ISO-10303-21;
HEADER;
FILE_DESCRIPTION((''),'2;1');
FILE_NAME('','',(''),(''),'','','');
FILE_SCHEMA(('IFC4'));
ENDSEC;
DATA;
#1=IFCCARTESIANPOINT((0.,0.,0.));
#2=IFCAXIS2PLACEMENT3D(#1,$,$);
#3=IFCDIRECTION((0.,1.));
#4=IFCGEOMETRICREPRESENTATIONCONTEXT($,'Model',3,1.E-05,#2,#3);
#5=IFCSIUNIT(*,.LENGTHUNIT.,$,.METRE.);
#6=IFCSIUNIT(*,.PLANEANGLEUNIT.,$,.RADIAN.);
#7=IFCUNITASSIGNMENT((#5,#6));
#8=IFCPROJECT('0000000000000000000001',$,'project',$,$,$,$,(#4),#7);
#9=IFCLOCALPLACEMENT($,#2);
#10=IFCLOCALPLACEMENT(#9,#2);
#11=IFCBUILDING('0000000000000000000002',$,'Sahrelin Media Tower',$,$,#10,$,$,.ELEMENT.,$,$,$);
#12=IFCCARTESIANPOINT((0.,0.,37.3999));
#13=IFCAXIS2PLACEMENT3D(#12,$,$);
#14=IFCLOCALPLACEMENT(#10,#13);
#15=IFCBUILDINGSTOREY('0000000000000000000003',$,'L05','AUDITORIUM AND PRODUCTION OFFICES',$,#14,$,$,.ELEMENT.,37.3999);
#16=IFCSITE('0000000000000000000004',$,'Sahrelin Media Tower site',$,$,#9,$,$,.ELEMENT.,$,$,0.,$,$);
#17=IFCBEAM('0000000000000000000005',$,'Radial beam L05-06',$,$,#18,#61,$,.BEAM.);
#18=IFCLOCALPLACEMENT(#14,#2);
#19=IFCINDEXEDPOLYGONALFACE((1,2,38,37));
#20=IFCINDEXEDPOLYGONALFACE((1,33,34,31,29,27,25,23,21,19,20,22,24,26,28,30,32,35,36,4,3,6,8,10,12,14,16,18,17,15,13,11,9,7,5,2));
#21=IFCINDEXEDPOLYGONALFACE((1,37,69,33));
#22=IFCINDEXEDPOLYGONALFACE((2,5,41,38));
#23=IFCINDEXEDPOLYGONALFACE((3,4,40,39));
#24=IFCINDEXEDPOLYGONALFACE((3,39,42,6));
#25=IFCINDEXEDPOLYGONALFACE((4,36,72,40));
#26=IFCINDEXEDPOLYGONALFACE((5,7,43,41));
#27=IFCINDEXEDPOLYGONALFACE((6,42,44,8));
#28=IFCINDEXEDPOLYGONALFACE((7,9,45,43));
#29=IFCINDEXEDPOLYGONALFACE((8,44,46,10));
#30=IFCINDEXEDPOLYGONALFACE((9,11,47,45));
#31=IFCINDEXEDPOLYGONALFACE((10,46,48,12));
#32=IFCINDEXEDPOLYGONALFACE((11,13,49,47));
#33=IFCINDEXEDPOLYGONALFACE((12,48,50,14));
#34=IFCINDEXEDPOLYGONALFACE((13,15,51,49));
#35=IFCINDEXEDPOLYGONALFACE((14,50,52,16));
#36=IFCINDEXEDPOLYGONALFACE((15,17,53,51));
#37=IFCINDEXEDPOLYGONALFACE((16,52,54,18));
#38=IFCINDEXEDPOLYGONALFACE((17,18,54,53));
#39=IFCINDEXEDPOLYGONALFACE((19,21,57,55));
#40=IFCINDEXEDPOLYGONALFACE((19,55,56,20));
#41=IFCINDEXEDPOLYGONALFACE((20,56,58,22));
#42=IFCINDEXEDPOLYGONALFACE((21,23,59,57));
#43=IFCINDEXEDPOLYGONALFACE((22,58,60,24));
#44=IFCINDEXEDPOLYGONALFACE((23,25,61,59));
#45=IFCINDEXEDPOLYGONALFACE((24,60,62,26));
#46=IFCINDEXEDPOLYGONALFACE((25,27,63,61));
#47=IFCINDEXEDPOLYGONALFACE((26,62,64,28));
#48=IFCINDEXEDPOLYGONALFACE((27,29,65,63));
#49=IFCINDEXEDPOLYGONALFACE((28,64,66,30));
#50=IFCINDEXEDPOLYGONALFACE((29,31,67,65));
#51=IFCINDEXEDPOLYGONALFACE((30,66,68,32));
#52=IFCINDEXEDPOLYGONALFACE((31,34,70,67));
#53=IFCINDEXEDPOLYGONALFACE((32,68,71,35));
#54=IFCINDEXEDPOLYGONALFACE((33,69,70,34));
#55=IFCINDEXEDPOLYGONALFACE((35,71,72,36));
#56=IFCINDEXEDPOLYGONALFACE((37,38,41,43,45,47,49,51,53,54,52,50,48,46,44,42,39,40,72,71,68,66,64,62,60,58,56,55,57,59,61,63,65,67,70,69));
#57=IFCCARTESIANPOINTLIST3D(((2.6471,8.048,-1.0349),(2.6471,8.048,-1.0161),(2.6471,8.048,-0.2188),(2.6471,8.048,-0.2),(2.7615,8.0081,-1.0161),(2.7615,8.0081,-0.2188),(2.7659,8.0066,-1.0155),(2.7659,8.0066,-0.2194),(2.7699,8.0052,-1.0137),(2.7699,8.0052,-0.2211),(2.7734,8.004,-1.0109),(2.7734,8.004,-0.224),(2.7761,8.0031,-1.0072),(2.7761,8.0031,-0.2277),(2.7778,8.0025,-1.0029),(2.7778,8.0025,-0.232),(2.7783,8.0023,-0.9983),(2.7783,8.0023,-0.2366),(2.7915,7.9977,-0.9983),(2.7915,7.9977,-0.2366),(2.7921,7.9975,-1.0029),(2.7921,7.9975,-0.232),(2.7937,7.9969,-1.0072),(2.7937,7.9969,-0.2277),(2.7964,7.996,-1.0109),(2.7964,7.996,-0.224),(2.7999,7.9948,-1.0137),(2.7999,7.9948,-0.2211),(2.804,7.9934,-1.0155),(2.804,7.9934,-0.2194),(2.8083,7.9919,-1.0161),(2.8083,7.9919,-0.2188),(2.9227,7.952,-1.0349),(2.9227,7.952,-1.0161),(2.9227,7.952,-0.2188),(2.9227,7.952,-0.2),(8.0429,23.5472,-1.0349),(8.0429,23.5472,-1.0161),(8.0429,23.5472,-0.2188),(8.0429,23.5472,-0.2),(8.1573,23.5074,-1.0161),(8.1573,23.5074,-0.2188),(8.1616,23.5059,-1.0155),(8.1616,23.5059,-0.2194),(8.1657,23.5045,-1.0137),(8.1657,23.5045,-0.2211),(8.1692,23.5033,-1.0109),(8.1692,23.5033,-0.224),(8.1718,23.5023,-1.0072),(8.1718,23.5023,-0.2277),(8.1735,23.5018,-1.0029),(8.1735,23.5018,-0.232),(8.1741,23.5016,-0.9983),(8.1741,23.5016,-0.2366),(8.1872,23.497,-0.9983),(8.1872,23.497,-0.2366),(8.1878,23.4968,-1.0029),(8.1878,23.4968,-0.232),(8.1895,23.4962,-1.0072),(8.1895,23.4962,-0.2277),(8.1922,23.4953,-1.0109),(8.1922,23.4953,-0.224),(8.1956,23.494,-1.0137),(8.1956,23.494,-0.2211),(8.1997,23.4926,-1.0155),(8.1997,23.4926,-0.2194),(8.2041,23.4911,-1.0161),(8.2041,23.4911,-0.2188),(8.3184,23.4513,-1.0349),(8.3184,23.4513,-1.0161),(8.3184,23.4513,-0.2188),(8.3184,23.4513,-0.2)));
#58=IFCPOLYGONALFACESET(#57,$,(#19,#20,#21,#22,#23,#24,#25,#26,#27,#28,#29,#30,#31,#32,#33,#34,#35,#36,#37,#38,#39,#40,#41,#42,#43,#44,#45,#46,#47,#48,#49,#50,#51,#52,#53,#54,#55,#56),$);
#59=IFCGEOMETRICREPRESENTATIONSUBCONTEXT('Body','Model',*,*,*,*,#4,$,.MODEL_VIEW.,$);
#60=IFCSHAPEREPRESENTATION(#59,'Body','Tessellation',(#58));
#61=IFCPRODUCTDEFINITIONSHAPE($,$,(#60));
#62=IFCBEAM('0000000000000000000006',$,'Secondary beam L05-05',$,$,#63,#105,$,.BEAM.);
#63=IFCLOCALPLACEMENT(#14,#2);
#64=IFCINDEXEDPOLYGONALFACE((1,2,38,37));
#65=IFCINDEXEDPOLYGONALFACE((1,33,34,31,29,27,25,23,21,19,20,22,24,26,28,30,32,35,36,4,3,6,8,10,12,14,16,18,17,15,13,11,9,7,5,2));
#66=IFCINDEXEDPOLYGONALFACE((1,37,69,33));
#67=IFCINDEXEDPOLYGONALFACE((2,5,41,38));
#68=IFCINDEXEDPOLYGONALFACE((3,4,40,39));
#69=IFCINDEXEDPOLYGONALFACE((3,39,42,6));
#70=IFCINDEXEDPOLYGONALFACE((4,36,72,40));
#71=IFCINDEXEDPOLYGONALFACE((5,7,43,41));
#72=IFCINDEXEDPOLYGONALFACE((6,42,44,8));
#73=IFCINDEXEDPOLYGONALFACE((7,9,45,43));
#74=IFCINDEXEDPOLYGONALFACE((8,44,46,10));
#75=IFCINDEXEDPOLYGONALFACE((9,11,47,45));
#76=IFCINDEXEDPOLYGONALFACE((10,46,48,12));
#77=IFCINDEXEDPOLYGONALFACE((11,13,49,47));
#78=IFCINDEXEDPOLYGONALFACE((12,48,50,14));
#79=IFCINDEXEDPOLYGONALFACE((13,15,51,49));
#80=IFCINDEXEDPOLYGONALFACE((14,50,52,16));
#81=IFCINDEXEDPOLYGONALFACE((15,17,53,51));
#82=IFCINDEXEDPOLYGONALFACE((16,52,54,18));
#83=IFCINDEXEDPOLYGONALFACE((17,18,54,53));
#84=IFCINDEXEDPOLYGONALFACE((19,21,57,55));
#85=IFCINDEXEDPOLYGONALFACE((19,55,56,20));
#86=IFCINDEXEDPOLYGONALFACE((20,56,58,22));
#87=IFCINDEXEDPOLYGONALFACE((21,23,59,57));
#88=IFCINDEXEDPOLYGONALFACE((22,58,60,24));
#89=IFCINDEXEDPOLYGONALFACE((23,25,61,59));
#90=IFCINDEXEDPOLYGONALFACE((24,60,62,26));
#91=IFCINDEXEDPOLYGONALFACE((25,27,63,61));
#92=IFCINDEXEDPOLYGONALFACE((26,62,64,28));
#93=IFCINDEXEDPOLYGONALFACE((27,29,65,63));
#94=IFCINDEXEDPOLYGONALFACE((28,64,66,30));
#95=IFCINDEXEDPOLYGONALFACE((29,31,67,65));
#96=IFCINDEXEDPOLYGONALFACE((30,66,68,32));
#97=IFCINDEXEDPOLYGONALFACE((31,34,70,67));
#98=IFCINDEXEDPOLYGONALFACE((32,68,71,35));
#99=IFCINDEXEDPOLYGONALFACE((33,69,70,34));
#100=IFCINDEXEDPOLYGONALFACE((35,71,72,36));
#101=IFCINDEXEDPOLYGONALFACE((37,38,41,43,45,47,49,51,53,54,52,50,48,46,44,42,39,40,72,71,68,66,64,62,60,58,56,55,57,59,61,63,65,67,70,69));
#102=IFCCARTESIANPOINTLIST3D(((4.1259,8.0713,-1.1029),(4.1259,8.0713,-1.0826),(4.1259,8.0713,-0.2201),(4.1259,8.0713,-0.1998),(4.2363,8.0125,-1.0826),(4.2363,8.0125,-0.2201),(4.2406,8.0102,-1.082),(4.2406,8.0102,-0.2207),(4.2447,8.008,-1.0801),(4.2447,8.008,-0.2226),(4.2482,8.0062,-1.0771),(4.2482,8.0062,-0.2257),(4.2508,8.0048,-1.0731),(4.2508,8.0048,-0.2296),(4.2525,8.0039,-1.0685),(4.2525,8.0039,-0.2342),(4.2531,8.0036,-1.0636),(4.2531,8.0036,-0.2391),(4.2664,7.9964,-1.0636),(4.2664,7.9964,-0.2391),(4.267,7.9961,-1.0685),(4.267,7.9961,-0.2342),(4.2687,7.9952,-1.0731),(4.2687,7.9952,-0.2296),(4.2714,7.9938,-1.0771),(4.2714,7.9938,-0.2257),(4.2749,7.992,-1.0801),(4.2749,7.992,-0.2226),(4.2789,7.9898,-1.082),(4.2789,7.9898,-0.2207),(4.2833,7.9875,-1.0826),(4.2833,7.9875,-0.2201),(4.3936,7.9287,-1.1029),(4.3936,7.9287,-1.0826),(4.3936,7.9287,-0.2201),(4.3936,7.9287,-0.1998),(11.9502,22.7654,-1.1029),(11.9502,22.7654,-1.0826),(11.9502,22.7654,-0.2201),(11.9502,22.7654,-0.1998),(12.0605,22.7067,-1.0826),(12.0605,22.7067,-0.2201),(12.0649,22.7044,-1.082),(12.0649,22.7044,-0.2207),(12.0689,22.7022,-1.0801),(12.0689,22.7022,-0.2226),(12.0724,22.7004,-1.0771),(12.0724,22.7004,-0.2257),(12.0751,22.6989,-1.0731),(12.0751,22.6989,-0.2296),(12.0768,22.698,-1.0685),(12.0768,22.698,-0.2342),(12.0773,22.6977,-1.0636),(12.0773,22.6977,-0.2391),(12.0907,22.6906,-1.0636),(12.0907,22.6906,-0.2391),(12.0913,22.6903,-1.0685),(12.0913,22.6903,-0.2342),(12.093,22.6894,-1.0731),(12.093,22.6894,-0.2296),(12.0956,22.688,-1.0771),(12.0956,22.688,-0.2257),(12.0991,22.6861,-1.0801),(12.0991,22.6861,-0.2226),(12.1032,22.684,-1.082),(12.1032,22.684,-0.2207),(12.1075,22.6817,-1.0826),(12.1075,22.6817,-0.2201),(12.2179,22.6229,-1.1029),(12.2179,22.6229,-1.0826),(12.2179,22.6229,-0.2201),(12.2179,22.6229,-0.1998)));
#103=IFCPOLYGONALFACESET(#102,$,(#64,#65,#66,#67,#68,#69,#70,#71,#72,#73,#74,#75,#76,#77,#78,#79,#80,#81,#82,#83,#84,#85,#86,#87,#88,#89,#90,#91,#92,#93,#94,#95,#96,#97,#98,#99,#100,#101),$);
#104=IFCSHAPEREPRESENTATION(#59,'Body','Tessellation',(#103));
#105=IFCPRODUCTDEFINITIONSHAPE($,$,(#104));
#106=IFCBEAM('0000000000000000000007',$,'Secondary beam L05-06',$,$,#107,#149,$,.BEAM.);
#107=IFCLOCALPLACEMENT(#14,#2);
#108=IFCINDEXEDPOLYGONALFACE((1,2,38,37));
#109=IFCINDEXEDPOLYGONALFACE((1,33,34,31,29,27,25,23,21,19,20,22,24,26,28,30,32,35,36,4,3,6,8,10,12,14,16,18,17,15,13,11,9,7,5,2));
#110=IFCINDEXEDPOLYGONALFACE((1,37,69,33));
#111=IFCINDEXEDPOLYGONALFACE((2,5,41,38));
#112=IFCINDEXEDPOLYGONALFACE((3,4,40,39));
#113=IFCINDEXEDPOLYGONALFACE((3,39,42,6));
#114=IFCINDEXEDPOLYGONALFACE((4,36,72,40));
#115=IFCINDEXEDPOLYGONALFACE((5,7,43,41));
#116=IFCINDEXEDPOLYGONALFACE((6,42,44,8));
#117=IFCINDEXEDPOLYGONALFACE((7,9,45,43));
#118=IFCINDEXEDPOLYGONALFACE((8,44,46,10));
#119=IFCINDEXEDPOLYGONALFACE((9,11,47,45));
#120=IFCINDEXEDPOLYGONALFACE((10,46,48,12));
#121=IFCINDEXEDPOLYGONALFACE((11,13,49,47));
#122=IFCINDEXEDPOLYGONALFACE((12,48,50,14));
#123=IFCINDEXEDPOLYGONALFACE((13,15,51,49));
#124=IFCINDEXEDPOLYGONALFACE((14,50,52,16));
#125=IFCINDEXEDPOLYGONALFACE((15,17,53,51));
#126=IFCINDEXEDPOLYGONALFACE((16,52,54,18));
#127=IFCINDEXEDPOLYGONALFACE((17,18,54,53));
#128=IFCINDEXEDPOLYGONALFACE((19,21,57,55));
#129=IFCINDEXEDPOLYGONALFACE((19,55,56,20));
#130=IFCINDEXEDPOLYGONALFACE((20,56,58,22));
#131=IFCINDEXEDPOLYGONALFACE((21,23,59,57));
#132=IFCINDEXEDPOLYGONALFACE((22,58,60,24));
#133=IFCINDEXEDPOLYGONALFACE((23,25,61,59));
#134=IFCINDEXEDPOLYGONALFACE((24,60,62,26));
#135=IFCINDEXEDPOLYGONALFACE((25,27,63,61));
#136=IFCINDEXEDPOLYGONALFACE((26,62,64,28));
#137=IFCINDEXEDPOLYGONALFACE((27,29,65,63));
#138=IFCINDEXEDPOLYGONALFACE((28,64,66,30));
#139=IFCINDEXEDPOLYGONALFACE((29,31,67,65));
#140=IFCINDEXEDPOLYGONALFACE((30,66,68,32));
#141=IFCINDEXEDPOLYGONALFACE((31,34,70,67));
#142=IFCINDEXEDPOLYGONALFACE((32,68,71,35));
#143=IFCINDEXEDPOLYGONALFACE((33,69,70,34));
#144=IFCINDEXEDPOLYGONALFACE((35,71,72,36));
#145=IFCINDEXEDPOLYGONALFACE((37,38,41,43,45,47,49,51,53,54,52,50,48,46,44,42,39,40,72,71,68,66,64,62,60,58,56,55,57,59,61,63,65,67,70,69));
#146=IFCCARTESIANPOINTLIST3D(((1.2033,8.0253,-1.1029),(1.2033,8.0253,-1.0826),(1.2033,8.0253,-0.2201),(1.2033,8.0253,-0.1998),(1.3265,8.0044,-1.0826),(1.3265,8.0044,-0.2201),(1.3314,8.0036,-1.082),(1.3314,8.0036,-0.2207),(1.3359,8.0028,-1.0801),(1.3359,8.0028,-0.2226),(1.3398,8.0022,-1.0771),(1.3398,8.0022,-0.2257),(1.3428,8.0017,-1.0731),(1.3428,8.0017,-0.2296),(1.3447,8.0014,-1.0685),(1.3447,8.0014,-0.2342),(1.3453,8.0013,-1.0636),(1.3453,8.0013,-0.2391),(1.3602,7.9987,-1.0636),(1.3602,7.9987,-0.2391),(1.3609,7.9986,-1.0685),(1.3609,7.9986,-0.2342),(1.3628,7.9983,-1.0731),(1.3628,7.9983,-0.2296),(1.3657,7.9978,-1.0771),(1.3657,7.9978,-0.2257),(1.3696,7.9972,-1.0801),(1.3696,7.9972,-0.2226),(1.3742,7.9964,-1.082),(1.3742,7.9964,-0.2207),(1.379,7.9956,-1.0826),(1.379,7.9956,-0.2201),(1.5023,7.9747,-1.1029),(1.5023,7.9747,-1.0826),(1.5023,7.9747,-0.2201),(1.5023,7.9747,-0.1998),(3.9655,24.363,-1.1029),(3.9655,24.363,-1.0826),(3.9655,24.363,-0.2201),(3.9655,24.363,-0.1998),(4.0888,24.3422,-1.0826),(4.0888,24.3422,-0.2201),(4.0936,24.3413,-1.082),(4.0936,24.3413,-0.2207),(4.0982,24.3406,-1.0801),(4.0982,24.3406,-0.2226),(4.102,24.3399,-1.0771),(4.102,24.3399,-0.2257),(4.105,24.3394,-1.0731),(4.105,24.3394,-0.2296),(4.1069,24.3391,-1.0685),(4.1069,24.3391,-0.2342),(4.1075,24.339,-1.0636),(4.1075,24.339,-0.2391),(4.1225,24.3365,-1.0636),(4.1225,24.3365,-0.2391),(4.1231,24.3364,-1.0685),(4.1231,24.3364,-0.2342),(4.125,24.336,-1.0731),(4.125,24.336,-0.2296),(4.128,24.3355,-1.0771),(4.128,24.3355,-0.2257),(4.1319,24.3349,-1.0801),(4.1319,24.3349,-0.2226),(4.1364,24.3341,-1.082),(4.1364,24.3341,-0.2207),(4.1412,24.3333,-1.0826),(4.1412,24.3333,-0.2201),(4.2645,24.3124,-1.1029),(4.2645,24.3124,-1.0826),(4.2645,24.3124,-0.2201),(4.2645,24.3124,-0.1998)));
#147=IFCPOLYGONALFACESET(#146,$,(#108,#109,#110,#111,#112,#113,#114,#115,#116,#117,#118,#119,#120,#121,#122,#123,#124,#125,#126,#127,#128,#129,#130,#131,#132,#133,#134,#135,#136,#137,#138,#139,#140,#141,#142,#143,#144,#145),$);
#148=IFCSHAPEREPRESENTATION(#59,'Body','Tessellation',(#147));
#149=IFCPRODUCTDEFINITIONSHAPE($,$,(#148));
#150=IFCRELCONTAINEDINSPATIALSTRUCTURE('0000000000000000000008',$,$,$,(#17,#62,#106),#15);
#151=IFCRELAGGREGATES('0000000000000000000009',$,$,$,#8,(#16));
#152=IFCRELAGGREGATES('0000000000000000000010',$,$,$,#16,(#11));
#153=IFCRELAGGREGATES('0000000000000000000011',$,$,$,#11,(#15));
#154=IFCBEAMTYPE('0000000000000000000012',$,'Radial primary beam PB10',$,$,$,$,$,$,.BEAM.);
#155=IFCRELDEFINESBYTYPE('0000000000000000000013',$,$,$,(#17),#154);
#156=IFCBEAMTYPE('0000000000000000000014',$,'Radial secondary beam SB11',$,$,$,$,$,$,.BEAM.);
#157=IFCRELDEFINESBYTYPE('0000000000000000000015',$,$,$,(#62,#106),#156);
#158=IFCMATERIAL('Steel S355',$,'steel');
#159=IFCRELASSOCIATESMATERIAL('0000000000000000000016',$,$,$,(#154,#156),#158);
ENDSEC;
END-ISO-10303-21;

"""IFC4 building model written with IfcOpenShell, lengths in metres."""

from ifc_helpers import new_model, si_unit, direction, frame, origin, origin_2d, place, context, subcontext, project, spatial, i_section, extrude, material, material_profile, profile_set, type_object, element, save


model = new_model("IFC4")

# Units and contexts
model_context = context("Model", 3, precision=1e-05, world=origin(), true_north=direction((0.0, 1.0)))
body_context = subcontext(model_context, "Body", "Model", "MODEL_VIEW")
ifc_project = project(units=[si_unit("LENGTHUNIT", "METRE"), si_unit("PLANEANGLEUNIT", "RADIAN")], contexts=[model_context])

# Site, building, storey
site_placement = place(None, origin())
site = spatial("IfcSite", under=ifc_project, at=site_placement, Name="Sahrelin Media Tower site", CompositionType="ELEMENT", RefElevation=0.0)
building_placement = place(site_placement, origin())
building = spatial("IfcBuilding", under=site, at=building_placement, Name="Sahrelin Media Tower", CompositionType="ELEMENT")
storey_placement = place(building_placement, frame((0.0, 0.0, 37.3999)))
storey = spatial("IfcBuildingStorey", under=building, at=storey_placement, Name="L05", Description="AUDITORIUM AND PRODUCTION OFFICES", CompositionType="ELEMENT", Elevation=37.3999)

# Beams
ifc_material_1 = material(Name="Steel S355", Category="steel")
ifc_material_profile_1 = material_profile(ifc_material_1, i_section(OverallWidth=0.2917, OverallDepth=0.835, WebThickness=0.0139, FlangeThickness=0.0188, FilletRadius=0.0178, at=origin_2d()), Name="UB 838x292x176")
ifc_profile_set_1 = profile_set([ifc_material_profile_1], Name="Steel S355")
beam_type_1 = type_object("IfcBeamType", Name="Radial primary beam PB10", PredefinedType="BEAM", material=ifc_profile_set_1)
beam_1_placement = place(storey_placement, frame((2.7849, 8.0, -0.6174), z_axis=(0.328776, 0.944408, 0.0), x_axis=(-0.944408, 0.328776, 0.0)))
element("IfcBeam", 1, at=beam_1_placement, inside=storey, type_object=beam_type_1, Name="Radial beam L05-06", PredefinedType="BEAM", context=body_context, shape_type="SweptSolid", body=[
    extrude(i_section(OverallWidth=0.2917, OverallDepth=0.835, WebThickness=0.0139, FlangeThickness=0.0188, FilletRadius=0.0178, at=origin_2d()), origin(), (0.0, 0.0, 1.0), 16.4116),
])
ifc_material_profile_2 = material_profile(ifc_material_1, i_section(OverallWidth=0.3032, OverallDepth=0.9031, WebThickness=0.0151, FlangeThickness=0.0203, FilletRadius=0.019, at=origin_2d()), Name="UB 914x305x201")
ifc_profile_set_2 = profile_set([ifc_material_profile_2], Name="Steel S355")
beam_type_2 = type_object("IfcBeamType", Name="Radial secondary beam SB11", PredefinedType="BEAM", material=ifc_profile_set_2)
beam_2_placement = place(storey_placement, frame((4.2598, 8.0, -0.6514), z_axis=(0.469997, 0.882668, 0.0), x_axis=(-0.882668, 0.469997, 0.0)))
element("IfcBeam", 2, at=beam_2_placement, inside=storey, type_object=beam_type_2, Name="Secondary beam L05-05", PredefinedType="BEAM", context=body_context, shape_type="SweptSolid", body=[
    extrude(i_section(OverallWidth=0.3032, OverallDepth=0.9031, WebThickness=0.0151, FlangeThickness=0.0203, FilletRadius=0.019, at=origin_2d()), origin(), (0.0, 0.0, 1.0), 16.6475),
])
beam_3_placement = place(storey_placement, frame((1.3528, 8.0, -0.6514), z_axis=(0.166704, 0.986007, 0.0), x_axis=(-0.986007, 0.166704, 0.0)))
element("IfcBeam", 3, at=beam_3_placement, inside=storey, type_object=beam_type_2, Name="Secondary beam L05-06", PredefinedType="BEAM", context=body_context, shape_type="SweptSolid", body=[
    extrude(i_section(OverallWidth=0.3032, OverallDepth=0.9031, WebThickness=0.0151, FlangeThickness=0.0203, FilletRadius=0.019, at=origin_2d()), origin(), (0.0, 0.0, 1.0), 16.5696),
])

save(model, "model.ifc")
